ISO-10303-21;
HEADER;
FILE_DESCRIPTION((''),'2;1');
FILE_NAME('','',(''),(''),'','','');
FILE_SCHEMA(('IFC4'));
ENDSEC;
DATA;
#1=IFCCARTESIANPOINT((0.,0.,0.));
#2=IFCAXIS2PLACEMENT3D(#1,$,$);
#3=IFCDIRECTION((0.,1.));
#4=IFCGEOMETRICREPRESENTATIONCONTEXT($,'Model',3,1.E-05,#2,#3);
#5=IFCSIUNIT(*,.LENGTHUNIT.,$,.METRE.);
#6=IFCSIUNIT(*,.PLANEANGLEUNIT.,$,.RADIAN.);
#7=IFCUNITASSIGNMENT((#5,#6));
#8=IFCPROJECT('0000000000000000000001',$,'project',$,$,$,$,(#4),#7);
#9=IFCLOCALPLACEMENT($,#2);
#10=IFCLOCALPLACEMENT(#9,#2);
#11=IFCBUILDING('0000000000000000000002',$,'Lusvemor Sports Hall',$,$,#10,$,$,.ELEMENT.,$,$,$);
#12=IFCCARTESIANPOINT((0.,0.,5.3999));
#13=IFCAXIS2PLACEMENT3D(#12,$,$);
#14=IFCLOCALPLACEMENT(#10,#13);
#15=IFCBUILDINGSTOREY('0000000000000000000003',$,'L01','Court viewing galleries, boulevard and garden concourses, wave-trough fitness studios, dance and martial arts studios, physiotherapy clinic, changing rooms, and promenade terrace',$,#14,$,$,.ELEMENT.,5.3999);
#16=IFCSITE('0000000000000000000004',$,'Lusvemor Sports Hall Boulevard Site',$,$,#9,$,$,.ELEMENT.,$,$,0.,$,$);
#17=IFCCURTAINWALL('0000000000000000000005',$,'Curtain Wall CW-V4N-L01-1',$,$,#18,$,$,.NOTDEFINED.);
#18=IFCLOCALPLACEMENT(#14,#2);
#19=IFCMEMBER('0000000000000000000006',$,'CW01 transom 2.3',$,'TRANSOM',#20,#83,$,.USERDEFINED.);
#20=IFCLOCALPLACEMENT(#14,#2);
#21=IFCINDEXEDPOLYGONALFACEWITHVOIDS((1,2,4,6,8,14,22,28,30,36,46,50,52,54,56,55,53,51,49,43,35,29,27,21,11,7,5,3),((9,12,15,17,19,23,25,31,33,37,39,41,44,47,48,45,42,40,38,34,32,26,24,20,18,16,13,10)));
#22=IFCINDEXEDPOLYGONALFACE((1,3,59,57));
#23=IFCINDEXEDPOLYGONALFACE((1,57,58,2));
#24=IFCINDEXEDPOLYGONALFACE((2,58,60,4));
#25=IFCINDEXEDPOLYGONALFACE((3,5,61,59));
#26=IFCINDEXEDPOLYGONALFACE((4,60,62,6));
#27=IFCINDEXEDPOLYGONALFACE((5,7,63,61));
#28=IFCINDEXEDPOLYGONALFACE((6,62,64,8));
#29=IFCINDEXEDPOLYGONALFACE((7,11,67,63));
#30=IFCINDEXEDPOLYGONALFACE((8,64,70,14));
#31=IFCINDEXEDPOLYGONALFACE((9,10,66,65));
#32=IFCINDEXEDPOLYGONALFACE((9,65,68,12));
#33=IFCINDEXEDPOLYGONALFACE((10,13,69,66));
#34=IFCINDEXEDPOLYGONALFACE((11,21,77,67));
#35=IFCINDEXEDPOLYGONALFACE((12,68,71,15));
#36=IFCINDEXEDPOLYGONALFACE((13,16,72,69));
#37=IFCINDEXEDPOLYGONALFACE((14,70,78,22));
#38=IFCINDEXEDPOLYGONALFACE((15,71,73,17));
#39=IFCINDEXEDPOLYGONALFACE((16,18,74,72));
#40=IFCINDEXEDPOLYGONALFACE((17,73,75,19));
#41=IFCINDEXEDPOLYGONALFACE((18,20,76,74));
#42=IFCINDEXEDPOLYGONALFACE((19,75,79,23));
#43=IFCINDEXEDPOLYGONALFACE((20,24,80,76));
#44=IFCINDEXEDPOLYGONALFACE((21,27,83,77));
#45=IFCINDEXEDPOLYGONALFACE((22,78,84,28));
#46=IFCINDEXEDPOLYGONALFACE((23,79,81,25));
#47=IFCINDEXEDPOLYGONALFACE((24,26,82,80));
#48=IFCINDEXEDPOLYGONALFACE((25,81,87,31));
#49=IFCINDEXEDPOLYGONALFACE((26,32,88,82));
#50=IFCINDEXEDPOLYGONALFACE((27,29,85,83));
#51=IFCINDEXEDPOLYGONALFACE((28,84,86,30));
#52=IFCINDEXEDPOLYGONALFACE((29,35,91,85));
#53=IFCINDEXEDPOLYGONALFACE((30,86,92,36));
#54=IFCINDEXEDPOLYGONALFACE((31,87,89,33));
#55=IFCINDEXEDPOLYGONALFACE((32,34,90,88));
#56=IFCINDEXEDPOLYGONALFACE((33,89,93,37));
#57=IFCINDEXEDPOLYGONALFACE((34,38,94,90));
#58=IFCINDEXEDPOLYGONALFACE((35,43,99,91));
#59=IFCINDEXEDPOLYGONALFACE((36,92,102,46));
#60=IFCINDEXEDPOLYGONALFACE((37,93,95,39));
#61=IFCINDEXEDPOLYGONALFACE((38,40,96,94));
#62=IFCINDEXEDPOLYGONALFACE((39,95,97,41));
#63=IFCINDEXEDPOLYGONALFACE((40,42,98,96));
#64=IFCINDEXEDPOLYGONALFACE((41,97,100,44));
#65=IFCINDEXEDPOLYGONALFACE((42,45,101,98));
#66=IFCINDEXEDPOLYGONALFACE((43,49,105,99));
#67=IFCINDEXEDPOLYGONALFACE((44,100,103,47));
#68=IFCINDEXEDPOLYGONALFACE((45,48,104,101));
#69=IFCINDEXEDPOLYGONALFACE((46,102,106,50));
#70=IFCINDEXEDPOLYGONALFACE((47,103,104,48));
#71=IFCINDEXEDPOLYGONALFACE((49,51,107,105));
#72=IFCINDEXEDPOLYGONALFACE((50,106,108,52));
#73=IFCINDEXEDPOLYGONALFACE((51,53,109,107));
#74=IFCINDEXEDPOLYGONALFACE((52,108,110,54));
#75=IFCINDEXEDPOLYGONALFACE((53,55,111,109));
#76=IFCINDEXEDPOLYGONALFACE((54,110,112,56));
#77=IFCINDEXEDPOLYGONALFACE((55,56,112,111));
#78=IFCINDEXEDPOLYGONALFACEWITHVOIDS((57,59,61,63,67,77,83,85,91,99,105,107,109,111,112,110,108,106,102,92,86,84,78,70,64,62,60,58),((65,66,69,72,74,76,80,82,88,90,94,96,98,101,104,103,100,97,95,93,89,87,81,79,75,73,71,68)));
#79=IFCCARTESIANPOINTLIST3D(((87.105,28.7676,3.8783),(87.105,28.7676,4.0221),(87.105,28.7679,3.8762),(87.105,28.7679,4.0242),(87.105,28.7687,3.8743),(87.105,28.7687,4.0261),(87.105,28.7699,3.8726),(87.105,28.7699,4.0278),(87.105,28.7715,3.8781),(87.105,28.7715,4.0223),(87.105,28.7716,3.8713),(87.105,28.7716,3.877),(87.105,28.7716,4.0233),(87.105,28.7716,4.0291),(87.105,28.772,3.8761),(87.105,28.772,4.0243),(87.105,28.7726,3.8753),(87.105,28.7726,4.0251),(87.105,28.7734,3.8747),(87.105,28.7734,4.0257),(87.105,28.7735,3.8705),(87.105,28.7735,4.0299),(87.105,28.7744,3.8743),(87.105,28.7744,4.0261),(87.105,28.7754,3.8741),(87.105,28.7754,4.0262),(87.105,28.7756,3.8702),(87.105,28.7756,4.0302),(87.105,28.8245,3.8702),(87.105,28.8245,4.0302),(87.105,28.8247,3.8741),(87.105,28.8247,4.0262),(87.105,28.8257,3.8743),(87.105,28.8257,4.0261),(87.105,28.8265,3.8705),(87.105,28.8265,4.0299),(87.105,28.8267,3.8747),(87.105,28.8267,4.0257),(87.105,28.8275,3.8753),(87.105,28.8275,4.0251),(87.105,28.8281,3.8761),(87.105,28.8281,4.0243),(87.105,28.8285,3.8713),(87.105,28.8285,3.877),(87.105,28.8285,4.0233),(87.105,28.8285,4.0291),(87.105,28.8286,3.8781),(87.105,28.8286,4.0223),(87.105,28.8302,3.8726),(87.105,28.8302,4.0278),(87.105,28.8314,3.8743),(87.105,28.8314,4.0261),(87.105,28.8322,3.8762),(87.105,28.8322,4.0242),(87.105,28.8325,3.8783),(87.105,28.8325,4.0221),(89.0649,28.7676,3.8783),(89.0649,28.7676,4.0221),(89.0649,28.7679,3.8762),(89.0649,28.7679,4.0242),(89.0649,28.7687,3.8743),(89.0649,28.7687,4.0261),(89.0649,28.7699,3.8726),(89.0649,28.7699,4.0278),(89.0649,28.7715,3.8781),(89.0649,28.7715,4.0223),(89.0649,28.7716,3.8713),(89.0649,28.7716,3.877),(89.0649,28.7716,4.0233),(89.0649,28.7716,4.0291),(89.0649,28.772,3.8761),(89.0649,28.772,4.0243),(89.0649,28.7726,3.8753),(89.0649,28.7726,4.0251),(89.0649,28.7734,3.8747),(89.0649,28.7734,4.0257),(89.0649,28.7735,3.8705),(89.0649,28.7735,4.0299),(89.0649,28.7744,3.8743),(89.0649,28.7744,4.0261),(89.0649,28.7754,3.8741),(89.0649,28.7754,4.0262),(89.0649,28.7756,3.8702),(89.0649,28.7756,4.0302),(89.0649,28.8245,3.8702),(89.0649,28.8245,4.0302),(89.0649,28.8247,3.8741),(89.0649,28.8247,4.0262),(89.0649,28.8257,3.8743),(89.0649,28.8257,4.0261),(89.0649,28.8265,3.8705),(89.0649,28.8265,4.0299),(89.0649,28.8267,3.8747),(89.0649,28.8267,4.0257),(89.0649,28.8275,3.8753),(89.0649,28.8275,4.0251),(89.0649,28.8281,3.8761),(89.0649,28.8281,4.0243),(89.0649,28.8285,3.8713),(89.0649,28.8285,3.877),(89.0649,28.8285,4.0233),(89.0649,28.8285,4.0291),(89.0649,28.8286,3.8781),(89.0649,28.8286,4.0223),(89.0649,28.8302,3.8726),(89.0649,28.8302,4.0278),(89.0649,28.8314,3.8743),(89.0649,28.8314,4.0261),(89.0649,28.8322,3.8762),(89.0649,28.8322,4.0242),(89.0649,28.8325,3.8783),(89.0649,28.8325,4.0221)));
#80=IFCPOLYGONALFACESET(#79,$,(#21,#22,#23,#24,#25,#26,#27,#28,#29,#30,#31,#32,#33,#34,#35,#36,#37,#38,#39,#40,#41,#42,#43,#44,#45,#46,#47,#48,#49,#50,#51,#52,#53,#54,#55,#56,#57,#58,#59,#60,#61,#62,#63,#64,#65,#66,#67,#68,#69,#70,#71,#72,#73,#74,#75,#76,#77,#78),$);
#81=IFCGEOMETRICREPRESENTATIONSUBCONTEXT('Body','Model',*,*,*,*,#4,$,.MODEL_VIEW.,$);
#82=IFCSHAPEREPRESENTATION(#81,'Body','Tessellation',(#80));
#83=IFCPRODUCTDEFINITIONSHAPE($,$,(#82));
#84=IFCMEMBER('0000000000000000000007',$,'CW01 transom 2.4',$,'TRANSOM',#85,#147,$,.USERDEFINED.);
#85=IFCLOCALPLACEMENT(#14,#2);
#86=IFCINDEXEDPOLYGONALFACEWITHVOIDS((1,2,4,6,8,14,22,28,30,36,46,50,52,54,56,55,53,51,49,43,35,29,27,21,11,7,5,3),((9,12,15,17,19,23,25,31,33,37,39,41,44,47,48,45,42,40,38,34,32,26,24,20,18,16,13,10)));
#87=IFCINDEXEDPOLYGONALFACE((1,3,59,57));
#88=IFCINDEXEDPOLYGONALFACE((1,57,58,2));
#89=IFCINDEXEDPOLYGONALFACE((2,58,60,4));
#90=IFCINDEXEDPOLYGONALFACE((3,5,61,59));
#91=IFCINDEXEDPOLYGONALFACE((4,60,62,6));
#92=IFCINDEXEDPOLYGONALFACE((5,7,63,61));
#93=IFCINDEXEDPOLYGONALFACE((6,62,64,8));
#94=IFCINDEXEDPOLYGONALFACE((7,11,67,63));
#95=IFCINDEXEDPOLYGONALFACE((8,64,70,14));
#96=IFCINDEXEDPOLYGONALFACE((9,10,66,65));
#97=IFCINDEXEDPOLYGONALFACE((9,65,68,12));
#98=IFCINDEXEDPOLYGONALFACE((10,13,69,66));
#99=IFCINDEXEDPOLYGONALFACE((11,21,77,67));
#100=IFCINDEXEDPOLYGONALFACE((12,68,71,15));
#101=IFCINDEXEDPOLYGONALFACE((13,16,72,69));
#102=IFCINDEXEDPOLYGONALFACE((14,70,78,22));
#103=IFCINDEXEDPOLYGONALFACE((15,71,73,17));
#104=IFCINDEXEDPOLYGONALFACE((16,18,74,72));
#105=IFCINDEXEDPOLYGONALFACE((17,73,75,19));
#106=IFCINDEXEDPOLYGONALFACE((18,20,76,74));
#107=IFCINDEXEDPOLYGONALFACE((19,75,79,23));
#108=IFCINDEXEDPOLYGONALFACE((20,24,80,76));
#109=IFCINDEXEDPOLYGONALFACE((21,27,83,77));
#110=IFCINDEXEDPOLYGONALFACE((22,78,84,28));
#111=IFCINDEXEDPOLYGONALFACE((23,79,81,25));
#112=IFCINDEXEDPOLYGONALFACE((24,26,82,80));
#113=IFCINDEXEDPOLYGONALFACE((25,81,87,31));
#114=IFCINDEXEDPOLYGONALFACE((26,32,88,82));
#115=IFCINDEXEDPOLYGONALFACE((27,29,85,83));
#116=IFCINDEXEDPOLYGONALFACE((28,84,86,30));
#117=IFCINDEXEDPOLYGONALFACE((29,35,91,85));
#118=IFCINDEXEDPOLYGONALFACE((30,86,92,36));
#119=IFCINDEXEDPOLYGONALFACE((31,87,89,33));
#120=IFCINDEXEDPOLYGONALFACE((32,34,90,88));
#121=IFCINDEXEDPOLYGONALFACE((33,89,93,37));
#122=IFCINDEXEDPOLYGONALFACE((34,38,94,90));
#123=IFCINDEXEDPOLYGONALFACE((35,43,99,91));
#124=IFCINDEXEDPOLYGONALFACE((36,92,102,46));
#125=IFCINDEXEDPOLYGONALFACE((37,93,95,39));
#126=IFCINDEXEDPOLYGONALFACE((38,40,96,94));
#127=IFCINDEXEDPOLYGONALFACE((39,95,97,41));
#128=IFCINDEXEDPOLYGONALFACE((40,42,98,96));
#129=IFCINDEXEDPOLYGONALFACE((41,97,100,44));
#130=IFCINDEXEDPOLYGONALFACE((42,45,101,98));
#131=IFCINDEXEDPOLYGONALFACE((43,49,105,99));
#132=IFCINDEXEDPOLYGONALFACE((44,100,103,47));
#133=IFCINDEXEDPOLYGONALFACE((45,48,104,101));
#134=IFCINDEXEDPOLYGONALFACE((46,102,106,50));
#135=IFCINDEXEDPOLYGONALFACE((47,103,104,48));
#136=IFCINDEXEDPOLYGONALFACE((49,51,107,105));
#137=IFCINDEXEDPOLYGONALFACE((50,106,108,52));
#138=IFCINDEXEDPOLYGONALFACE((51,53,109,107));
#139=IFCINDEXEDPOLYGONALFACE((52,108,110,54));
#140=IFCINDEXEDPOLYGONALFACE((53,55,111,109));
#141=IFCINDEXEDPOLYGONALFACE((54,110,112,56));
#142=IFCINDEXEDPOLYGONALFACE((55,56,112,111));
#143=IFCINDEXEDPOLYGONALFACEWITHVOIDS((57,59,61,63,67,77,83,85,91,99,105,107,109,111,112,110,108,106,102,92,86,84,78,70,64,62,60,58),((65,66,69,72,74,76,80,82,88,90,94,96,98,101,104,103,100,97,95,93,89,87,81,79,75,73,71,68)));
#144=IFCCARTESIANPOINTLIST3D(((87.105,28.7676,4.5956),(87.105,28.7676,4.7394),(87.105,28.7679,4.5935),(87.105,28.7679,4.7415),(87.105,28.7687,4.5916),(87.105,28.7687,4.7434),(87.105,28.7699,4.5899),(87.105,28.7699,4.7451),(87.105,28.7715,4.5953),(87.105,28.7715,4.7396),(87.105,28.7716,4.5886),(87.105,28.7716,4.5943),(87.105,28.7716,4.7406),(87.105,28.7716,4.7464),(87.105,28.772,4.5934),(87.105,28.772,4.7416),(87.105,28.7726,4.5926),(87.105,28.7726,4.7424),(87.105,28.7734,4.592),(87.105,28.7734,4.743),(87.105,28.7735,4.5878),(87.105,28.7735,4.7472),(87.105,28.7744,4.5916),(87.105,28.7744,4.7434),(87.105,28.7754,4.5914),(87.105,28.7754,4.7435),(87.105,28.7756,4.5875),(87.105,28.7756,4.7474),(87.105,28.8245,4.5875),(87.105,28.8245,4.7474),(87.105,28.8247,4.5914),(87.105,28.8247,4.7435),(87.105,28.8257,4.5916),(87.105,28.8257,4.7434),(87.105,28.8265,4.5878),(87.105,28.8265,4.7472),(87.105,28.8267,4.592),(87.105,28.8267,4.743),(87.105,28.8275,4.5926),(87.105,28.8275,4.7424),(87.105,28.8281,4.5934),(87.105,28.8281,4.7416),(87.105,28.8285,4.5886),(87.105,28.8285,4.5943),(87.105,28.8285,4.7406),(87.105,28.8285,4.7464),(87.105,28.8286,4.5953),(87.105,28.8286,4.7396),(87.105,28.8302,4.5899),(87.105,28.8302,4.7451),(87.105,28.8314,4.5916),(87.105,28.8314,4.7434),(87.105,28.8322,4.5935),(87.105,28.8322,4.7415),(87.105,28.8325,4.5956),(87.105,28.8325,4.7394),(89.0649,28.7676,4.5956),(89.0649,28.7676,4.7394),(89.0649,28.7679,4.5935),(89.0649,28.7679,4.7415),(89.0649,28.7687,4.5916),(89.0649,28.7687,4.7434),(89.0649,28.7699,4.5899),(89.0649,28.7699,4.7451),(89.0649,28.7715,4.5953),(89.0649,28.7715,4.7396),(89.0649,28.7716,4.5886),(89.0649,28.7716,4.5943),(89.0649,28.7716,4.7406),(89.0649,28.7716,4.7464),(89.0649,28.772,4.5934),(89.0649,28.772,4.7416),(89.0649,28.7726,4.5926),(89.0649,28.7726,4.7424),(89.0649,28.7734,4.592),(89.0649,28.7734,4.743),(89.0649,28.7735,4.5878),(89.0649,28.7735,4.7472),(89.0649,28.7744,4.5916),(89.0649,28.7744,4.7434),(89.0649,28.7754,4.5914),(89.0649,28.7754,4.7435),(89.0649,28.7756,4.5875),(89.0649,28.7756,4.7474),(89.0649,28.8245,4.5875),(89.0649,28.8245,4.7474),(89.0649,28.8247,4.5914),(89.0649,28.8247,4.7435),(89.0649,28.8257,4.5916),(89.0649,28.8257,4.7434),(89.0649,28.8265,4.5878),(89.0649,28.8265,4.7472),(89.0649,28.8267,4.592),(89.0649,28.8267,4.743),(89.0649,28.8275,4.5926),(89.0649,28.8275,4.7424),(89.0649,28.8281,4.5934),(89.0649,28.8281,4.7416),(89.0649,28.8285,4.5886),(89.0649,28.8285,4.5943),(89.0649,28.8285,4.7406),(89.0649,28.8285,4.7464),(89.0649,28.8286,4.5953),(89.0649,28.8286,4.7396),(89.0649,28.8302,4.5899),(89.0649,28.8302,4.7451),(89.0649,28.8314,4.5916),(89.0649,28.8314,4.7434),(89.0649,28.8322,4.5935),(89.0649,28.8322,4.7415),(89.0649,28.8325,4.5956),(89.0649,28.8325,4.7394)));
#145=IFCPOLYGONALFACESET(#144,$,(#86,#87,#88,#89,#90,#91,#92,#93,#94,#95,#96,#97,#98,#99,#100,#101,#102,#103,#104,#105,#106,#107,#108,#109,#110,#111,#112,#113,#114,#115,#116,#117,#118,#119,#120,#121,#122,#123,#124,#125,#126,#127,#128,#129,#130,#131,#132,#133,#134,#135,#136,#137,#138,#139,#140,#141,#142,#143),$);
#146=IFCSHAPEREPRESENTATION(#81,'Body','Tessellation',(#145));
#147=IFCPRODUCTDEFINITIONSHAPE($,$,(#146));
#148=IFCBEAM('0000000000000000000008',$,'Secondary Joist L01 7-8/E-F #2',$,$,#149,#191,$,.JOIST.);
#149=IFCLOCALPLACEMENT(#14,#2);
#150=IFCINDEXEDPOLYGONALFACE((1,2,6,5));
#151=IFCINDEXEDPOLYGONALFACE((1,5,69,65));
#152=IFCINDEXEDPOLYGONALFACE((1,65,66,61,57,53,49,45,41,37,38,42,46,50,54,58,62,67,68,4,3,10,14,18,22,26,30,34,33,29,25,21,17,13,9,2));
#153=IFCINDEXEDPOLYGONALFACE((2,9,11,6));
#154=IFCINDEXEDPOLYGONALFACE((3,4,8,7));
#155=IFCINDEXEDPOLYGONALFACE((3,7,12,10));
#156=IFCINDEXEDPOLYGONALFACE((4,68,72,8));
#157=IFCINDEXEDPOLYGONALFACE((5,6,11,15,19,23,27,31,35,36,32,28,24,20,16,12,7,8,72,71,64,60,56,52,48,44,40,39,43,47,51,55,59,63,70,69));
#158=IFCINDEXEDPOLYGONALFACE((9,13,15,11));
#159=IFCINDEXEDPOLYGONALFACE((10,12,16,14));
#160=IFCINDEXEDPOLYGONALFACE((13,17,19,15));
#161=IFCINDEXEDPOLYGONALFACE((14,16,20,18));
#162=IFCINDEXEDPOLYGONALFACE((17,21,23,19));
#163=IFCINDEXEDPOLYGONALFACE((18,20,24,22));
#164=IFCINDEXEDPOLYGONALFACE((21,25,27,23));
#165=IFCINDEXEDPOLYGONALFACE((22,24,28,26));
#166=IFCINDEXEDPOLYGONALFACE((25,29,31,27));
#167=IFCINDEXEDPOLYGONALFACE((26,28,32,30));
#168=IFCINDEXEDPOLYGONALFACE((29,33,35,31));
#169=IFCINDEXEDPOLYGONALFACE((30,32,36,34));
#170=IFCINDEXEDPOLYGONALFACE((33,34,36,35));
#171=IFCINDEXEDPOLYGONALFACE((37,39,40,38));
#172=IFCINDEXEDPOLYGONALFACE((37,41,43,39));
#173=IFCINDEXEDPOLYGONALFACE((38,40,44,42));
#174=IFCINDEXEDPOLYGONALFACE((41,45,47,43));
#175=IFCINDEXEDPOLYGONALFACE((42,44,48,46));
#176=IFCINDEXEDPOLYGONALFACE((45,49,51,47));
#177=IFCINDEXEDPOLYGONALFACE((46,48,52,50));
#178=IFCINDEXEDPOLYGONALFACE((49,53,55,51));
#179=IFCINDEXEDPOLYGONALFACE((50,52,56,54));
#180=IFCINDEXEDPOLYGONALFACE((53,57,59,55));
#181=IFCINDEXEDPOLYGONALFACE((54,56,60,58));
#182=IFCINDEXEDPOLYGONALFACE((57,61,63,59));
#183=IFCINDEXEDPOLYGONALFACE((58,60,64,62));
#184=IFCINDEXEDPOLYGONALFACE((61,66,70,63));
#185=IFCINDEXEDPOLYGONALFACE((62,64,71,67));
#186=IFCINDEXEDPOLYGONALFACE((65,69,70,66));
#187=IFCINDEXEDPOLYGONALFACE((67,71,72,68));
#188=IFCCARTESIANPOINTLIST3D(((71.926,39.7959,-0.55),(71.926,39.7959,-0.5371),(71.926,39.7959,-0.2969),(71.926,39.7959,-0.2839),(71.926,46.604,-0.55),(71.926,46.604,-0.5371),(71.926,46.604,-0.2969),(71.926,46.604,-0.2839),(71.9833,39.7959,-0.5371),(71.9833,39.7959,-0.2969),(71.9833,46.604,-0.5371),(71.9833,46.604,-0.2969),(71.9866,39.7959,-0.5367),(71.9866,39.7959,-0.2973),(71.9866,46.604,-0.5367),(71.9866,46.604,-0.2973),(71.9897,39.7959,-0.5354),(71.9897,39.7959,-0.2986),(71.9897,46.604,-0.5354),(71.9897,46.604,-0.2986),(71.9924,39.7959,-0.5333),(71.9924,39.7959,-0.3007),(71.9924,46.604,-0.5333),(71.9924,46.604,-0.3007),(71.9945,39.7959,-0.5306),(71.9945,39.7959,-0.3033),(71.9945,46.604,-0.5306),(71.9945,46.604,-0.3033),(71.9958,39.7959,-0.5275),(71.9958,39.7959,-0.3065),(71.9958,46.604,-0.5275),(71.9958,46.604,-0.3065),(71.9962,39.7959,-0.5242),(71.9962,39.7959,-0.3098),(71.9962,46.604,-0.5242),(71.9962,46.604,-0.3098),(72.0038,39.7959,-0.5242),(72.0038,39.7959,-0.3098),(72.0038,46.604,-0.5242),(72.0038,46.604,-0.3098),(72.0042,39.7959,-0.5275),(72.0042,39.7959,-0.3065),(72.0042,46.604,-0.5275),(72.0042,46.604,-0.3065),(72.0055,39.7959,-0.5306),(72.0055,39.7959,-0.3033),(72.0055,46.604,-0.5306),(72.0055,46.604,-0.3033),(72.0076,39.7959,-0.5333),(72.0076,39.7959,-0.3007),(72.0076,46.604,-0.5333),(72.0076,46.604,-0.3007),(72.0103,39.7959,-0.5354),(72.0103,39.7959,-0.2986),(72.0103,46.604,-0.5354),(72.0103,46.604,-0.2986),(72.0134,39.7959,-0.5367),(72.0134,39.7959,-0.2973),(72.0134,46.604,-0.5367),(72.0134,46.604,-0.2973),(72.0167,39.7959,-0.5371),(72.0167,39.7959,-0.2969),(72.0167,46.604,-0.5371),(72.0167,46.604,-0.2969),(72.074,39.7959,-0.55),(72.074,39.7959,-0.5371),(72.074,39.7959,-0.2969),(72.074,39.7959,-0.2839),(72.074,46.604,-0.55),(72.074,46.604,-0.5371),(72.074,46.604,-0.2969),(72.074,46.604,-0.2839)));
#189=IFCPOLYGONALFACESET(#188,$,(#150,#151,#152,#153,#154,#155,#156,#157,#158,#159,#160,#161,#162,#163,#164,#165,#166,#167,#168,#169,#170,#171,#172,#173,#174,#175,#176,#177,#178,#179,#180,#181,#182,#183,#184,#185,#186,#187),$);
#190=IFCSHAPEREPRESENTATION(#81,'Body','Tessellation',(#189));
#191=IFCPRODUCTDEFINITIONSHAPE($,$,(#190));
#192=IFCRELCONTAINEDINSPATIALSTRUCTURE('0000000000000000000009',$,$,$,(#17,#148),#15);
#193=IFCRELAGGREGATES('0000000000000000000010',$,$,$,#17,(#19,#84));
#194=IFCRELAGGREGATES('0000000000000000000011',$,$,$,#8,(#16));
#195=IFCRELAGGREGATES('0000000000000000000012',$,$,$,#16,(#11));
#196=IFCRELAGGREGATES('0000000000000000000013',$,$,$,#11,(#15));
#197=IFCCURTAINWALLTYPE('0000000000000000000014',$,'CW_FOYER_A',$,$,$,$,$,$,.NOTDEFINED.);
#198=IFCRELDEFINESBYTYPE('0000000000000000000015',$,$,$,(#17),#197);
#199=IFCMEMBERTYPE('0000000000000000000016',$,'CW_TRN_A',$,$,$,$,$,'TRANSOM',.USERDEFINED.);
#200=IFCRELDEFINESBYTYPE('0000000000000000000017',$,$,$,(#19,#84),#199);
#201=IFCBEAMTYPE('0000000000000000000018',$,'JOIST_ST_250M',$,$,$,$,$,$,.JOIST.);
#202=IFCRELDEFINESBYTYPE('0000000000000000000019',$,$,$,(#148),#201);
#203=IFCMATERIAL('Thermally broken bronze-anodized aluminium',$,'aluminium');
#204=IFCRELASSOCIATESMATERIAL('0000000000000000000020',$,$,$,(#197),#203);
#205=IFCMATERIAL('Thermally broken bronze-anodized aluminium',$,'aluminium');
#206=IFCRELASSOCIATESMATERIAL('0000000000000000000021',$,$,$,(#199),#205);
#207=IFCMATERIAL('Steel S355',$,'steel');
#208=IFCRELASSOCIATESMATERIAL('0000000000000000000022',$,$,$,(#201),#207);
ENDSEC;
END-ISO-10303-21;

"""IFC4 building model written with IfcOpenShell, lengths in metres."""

from ifc_helpers import new_model, si_unit, direction, frame, origin, origin_2d, place, context, subcontext, project, spatial, hollow_rectangle, i_section, extrude, material, material_profile, profile_set, type_object, element, aggregate, save


model = new_model("IFC4")

# Units and contexts
model_context = context("Model", 3, precision=1e-05, world=origin(), true_north=direction((0.0, 1.0)))
body_context = subcontext(model_context, "Body", "Model", "MODEL_VIEW")
ifc_project = project(units=[si_unit("LENGTHUNIT", "METRE"), si_unit("PLANEANGLEUNIT", "RADIAN")], contexts=[model_context])

# Site, building, storey
site_placement = place(None, origin())
site = spatial("IfcSite", under=ifc_project, at=site_placement, Name="Lusvemor Sports Hall Boulevard Site", CompositionType="ELEMENT", RefElevation=0.0)
building_placement = place(site_placement, origin())
building = spatial("IfcBuilding", under=site, at=building_placement, Name="Lusvemor Sports Hall", CompositionType="ELEMENT")
storey_placement = place(building_placement, frame((0.0, 0.0, 5.3999)))
storey = spatial("IfcBuildingStorey", under=building, at=storey_placement, Name="L01", Description="Court viewing galleries, boulevard and garden concourses, wave-trough fitness studios, dance and martial arts studios, physiotherapy clinic, changing rooms, and promenade terrace", CompositionType="ELEMENT", Elevation=5.3999)

# Curtain wall, members
ifc_material_1 = material(Name="Thermally broken bronze-anodized aluminium", Category="aluminium")
curtain_wall_type = type_object("IfcCurtainWallType", Name="CW_FOYER_A", PredefinedType="NOTDEFINED", material=ifc_material_1)
curtain_wall_placement = place(storey_placement, origin())
curtain_wall = element("IfcCurtainWall", 1, at=curtain_wall_placement, inside=storey, type_object=curtain_wall_type, Name="Curtain Wall CW-V4N-L01-1", PredefinedType="NOTDEFINED")
ifc_material_2 = material(Name="Thermally broken bronze-anodized aluminium", Category="aluminium")
ifc_material_profile_1 = material_profile(ifc_material_2, hollow_rectangle(XDim=0.0649, YDim=0.1599, WallThickness=0.0039, InnerFilletRadius=0.0039, OuterFilletRadius=0.0081, at=origin_2d()), Name="CWTRN160x65x4")
ifc_profile_set_1 = profile_set([ifc_material_profile_1], Name="Thermally broken bronze-anodized aluminium")
member_type_1 = type_object("IfcMemberType", Name="CW_TRN_A", ElementType="TRANSOM", PredefinedType="USERDEFINED", material=ifc_profile_set_1)
member_1_placement = place(storey_placement, frame((87.105, 28.8, 3.9502), z_axis=(1.0, 0.0, 0.0), x_axis=(0.0, 1.0, 0.0)))
member_1 = element("IfcMember", 2, at=member_1_placement, type_object=member_type_1, Name="CW01 transom 2.3", ObjectType="TRANSOM", PredefinedType="USERDEFINED", context=body_context, shape_type="SweptSolid", body=[
    extrude(hollow_rectangle(XDim=0.0649, YDim=0.1599, WallThickness=0.0039, InnerFilletRadius=0.0039, OuterFilletRadius=0.0081, at=origin_2d()), origin(), (0.0, 0.0, 1.0), 1.96),
])
member_2_placement = place(storey_placement, frame((87.105, 28.8, 4.6675), z_axis=(1.0, 0.0, 0.0), x_axis=(0.0, 1.0, 0.0)))
member_2 = element("IfcMember", 3, at=member_2_placement, type_object=member_type_1, Name="CW01 transom 2.4", ObjectType="TRANSOM", PredefinedType="USERDEFINED", context=body_context, shape_type="SweptSolid", body=[
    extrude(hollow_rectangle(XDim=0.0649, YDim=0.1599, WallThickness=0.0039, InnerFilletRadius=0.0039, OuterFilletRadius=0.0081, at=origin_2d()), origin(), (0.0, 0.0, 1.0), 1.96),
])

# Beam
ifc_material_3 = material(Name="Steel S355", Category="steel")
ifc_material_profile_2 = material_profile(ifc_material_3, i_section(OverallWidth=0.1479, OverallDepth=0.2661, WebThickness=0.0076, FlangeThickness=0.0129, FilletRadius=0.0129, at=origin_2d()), Name="W250x44.8")
ifc_profile_set_2 = profile_set([ifc_material_profile_2], Name="Steel S355")
beam_type_1 = type_object("IfcBeamType", Name="JOIST_ST_250M", PredefinedType="JOIST", material=ifc_profile_set_2)
beam_1_placement = place(storey_placement, frame((72.0, 39.7959, -0.417), z_axis=(0.0, 1.0, 0.0), x_axis=(-1.0, 0.0, 0.0)))
element("IfcBeam", 4, at=beam_1_placement, inside=storey, type_object=beam_type_1, Name="Secondary Joist L01 7-8/E-F #2", PredefinedType="JOIST", context=body_context, shape_type="SweptSolid", body=[
    extrude(i_section(OverallWidth=0.1479, OverallDepth=0.2661, WebThickness=0.0076, FlangeThickness=0.0129, FilletRadius=0.0129, at=origin_2d()), origin(), (0.0, 0.0, 1.0), 6.8081),
])

aggregate(curtain_wall, [member_1, member_2])

save(model, "model.ifc")
